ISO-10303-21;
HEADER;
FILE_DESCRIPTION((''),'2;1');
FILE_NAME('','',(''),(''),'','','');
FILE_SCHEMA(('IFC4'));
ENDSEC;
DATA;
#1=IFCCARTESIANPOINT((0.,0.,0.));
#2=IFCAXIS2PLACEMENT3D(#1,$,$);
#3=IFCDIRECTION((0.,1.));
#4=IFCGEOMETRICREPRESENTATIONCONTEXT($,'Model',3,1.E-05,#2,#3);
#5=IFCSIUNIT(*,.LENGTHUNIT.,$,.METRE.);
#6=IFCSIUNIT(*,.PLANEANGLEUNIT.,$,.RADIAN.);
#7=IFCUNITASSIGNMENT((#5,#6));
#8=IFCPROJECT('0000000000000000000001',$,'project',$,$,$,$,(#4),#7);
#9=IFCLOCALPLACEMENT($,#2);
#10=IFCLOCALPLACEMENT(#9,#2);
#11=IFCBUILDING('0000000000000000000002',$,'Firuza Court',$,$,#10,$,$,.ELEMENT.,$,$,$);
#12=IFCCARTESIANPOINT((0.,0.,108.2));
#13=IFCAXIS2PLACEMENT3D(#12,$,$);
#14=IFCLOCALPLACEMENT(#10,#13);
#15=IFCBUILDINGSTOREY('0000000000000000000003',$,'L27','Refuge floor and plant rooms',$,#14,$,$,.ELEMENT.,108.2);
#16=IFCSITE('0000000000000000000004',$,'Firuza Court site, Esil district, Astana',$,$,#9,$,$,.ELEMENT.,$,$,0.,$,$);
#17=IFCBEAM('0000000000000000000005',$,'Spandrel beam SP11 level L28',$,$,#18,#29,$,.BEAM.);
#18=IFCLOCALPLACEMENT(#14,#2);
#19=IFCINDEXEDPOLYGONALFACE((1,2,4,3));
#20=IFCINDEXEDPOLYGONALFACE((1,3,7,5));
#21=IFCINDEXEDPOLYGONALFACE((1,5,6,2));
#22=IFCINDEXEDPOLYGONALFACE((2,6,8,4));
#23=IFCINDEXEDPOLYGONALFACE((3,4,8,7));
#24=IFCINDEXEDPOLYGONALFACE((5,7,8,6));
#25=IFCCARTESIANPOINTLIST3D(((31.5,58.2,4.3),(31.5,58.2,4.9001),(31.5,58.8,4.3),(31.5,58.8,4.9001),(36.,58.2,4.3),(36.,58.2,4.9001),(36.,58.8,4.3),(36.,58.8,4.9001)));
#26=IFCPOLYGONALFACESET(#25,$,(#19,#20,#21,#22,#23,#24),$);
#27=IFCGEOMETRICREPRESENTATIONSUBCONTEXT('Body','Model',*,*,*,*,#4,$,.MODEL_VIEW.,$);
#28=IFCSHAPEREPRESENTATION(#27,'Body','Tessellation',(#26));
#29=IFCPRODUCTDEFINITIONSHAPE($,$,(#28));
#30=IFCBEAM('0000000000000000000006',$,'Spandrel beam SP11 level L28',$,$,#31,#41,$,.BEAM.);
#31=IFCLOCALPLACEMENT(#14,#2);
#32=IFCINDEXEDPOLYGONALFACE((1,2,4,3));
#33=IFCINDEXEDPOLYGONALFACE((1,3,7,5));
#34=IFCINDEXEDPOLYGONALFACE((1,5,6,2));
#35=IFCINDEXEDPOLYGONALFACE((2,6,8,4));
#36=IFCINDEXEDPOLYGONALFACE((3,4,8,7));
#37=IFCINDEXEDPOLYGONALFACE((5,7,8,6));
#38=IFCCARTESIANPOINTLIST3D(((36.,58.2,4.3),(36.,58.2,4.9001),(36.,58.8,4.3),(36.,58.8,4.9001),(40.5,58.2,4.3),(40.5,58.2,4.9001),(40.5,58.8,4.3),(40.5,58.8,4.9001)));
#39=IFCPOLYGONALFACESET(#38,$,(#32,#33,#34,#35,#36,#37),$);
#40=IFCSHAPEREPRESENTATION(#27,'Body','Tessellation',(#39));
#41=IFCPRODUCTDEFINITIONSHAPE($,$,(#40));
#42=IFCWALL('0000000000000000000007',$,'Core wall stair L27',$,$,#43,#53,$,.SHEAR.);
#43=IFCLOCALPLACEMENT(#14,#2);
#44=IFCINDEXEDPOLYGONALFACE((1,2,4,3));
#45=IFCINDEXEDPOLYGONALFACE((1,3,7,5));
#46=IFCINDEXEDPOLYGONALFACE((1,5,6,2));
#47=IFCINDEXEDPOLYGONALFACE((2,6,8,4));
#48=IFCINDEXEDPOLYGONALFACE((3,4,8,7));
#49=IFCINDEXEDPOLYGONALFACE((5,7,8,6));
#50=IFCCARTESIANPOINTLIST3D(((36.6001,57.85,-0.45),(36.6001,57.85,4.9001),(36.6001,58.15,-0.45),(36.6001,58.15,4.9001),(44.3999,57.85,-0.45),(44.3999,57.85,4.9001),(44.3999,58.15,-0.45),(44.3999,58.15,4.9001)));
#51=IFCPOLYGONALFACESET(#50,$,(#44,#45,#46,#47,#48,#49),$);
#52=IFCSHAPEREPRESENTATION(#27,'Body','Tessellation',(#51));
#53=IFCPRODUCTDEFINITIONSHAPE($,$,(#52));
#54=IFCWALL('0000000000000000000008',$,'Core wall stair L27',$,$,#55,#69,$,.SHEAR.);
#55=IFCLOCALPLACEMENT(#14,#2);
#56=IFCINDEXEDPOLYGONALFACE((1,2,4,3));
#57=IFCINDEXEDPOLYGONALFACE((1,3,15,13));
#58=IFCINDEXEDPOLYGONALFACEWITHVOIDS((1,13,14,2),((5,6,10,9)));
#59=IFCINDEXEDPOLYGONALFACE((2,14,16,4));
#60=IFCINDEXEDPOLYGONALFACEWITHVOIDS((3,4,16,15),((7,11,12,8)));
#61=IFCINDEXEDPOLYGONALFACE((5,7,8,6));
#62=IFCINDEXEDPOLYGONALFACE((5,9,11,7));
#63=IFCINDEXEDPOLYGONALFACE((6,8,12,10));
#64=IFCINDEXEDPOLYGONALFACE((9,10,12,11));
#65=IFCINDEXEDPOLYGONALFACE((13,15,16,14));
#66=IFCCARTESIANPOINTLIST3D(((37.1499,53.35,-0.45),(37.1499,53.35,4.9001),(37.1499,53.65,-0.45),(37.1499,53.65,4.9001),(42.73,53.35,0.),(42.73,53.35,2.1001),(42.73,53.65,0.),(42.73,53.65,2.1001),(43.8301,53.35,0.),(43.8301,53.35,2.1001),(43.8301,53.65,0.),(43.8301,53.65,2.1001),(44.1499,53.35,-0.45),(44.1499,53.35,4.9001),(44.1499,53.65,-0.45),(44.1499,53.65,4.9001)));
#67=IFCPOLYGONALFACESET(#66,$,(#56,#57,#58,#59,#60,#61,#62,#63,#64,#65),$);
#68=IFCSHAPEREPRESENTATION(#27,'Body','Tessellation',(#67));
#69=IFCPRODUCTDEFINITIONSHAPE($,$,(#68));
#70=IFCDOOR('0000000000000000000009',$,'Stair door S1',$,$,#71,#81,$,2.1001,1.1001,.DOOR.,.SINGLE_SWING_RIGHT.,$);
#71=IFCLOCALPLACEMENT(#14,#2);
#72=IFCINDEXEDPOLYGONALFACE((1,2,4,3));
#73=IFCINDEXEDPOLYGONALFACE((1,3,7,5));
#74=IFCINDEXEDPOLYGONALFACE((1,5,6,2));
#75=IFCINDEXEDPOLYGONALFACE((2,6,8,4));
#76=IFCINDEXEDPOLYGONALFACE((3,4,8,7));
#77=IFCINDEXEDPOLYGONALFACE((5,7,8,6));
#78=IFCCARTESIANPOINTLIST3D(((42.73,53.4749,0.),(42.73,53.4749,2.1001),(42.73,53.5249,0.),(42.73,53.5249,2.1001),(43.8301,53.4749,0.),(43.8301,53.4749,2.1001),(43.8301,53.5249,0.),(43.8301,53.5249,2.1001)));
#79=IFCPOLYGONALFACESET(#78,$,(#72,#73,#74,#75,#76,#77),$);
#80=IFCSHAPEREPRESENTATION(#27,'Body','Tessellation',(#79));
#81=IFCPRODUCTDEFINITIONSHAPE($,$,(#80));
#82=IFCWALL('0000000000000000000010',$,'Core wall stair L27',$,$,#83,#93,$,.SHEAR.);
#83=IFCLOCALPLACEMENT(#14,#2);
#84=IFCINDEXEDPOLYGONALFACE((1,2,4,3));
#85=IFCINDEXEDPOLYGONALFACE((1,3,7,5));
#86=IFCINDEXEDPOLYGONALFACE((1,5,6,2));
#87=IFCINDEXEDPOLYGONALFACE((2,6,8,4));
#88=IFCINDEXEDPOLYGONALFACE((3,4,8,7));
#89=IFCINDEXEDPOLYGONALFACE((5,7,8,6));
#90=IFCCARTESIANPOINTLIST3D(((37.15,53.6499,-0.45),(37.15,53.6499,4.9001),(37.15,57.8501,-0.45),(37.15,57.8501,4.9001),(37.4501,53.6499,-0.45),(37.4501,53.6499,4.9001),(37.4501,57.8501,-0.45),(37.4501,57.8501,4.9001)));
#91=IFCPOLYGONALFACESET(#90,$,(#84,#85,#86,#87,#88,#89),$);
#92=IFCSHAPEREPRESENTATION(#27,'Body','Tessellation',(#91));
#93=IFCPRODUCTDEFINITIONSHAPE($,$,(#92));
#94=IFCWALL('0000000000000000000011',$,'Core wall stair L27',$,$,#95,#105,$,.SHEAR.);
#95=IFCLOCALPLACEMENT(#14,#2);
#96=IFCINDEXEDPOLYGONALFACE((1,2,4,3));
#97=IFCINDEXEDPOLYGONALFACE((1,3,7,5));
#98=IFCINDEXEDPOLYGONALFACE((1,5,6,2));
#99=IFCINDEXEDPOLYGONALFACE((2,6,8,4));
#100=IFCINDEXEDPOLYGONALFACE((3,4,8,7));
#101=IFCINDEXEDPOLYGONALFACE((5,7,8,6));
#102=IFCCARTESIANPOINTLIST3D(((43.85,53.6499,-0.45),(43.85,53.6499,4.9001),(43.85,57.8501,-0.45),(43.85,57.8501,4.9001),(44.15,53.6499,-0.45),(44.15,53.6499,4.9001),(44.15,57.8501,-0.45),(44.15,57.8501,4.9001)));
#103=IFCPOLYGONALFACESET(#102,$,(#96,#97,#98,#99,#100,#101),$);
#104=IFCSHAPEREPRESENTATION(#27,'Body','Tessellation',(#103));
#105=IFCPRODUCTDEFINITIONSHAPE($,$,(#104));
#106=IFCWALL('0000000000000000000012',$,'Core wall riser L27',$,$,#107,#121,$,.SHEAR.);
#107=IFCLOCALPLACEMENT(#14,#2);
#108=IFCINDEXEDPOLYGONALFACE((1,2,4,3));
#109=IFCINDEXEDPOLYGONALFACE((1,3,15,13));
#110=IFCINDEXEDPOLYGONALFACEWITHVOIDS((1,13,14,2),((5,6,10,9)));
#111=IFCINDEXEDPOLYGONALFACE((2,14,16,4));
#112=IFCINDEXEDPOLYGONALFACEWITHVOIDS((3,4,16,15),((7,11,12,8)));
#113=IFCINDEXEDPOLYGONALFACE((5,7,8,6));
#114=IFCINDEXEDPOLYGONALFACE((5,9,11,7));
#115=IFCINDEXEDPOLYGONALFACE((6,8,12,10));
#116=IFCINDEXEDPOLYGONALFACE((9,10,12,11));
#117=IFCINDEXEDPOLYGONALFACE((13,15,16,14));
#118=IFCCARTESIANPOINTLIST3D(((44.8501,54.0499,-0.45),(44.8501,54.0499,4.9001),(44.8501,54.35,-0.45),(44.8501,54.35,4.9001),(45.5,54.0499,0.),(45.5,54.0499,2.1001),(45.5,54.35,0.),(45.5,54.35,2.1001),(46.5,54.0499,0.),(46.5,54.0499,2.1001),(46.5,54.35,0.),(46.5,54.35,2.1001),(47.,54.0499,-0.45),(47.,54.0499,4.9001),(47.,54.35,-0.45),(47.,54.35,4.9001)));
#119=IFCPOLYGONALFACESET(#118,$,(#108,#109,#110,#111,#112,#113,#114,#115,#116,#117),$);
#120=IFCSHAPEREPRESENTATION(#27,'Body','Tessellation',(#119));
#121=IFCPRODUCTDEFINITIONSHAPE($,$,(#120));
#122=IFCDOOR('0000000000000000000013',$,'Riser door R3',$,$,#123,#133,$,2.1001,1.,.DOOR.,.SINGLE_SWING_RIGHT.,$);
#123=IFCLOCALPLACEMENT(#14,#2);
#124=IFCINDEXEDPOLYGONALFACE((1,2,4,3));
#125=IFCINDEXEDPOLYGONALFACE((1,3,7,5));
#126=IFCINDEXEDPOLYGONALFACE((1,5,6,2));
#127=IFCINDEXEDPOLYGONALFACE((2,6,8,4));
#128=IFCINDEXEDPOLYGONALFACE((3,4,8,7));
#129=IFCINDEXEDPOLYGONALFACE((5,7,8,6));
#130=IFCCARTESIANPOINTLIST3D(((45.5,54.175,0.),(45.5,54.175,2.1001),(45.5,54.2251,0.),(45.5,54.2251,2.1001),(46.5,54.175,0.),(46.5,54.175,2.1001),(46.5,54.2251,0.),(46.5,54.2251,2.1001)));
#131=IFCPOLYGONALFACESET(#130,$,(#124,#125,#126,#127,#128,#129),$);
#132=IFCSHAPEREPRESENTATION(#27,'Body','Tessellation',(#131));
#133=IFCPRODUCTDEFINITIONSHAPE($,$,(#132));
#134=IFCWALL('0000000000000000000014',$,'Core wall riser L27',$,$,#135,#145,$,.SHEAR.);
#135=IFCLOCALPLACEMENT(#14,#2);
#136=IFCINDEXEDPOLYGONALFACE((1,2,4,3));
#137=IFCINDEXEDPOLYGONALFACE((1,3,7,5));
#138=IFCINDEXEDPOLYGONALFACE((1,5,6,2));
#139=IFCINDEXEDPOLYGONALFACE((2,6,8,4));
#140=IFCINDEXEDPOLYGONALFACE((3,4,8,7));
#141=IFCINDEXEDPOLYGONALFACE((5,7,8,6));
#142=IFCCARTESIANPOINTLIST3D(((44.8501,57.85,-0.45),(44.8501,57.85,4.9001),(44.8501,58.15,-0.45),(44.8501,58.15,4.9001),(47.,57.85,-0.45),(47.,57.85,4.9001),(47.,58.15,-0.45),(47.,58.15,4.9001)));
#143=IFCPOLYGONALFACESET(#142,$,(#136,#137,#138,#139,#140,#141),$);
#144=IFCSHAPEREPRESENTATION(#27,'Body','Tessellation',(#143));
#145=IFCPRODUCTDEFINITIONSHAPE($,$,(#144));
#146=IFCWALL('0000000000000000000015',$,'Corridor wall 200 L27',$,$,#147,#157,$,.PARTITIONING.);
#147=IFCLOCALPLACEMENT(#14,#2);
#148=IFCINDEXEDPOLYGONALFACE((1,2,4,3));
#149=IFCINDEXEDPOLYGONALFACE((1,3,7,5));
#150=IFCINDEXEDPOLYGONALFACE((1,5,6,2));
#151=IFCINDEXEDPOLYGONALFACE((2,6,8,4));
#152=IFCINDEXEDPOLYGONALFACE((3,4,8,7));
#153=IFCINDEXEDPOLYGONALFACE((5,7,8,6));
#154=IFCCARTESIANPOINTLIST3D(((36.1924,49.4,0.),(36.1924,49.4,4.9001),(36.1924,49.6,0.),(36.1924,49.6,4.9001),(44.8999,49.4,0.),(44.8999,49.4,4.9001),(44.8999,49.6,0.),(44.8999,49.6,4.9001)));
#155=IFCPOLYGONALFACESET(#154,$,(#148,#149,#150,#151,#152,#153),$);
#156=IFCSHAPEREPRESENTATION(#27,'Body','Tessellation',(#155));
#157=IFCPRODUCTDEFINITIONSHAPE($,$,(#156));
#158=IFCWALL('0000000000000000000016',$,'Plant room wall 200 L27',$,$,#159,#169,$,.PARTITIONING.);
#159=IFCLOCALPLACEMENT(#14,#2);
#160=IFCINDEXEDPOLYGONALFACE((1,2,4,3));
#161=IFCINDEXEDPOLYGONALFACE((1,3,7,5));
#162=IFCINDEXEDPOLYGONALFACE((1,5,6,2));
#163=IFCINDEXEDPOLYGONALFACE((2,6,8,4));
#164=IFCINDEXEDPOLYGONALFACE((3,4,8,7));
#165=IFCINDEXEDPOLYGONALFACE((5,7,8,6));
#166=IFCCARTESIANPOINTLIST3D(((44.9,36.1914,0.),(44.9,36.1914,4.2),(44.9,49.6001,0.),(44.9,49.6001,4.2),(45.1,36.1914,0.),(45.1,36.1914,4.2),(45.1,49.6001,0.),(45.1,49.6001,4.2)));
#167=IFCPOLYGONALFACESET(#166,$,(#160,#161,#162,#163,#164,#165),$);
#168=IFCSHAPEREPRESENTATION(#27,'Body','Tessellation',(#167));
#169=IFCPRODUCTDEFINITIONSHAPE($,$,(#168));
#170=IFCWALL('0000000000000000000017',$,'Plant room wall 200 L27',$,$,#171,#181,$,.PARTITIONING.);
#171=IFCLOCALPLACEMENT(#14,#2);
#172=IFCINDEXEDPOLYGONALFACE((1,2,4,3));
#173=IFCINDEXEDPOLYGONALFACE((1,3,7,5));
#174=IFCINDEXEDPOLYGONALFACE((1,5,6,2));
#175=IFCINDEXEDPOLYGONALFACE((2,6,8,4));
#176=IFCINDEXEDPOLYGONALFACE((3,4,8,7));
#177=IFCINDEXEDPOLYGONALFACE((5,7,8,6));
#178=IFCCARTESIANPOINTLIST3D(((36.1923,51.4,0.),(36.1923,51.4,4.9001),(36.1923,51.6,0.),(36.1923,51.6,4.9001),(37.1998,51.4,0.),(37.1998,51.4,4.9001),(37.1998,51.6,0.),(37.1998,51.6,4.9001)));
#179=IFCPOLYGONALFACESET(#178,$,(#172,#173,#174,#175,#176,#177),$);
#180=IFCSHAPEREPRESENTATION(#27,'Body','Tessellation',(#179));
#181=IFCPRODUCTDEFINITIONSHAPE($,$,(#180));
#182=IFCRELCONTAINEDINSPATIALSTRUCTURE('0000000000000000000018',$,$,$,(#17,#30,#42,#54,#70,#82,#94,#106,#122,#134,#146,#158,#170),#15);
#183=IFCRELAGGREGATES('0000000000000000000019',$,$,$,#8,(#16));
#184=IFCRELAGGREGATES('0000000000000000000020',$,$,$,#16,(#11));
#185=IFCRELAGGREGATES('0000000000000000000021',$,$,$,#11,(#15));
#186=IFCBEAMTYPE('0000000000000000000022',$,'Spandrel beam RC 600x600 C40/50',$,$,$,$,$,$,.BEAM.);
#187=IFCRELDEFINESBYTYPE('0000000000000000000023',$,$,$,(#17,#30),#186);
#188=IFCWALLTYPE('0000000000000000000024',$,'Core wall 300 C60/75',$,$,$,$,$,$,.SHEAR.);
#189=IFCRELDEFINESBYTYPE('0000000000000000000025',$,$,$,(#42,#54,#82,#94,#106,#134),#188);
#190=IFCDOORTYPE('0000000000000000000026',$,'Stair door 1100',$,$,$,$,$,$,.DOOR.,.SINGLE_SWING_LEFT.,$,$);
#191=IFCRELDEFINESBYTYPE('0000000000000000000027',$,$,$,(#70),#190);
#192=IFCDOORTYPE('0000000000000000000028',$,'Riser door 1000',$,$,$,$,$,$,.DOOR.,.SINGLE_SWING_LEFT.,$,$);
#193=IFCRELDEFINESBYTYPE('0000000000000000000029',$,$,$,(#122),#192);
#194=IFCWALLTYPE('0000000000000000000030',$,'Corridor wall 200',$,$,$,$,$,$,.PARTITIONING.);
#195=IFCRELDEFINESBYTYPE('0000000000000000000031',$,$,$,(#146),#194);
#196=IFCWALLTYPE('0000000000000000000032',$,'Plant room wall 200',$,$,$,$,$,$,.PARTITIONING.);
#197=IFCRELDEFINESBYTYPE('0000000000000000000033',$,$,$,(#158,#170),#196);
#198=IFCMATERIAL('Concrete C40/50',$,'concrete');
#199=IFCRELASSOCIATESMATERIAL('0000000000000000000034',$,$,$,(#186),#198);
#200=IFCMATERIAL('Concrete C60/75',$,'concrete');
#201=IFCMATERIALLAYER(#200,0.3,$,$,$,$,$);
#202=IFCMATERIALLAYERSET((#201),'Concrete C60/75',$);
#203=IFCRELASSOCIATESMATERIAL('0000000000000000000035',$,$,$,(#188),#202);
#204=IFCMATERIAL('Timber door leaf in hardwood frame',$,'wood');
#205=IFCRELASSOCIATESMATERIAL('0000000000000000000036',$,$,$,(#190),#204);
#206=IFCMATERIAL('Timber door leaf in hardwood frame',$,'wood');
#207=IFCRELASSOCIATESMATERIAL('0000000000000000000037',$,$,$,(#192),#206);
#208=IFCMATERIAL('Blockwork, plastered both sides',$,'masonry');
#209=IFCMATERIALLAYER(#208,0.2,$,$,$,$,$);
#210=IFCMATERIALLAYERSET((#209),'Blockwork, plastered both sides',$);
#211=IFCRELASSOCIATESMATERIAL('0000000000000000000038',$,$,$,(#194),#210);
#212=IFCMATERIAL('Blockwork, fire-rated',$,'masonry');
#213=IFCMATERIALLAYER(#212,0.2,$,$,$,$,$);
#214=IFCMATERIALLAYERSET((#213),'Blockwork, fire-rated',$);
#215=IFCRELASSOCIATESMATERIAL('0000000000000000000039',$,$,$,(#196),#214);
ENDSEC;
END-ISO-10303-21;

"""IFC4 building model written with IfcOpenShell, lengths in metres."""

from ifc_helpers import new_model, si_unit, direction, frame, frame_2d, origin, origin_2d, place, context, subcontext, project, spatial, rectangle, extrude, material, layer, layer_set, material_profile, profile_set, type_object, element, fill, save


model = new_model("IFC4")

# Units and contexts
model_context = context("Model", 3, precision=1e-05, world=origin(), true_north=direction((0.0, 1.0)))
body_context = subcontext(model_context, "Body", "Model", "MODEL_VIEW")
ifc_project = project(units=[si_unit("LENGTHUNIT", "METRE"), si_unit("PLANEANGLEUNIT", "RADIAN")], contexts=[model_context])

# Site, building, storey
site_placement = place(None, origin())
site = spatial("IfcSite", under=ifc_project, at=site_placement, Name="Firuza Court site, Esil district, Astana", CompositionType="ELEMENT", RefElevation=0.0)
building_placement = place(site_placement, origin())
building = spatial("IfcBuilding", under=site, at=building_placement, Name="Firuza Court", CompositionType="ELEMENT")
storey_placement = place(building_placement, frame((0.0, 0.0, 108.2)))
storey = spatial("IfcBuildingStorey", under=building, at=storey_placement, Name="L27", Description="Refuge floor and plant rooms", CompositionType="ELEMENT", Elevation=108.2)

# Beams
ifc_material_1 = material(Name="Concrete C40/50", Category="concrete")
ifc_material_profile_1 = material_profile(ifc_material_1, rectangle(XDim=0.6001, YDim=0.6001, at=origin_2d()), Name="RC 600x600")
ifc_profile_set_1 = profile_set([ifc_material_profile_1], Name="Concrete C40/50")
beam_type_1 = type_object("IfcBeamType", Name="Spandrel beam RC 600x600 C40/50", PredefinedType="BEAM", material=ifc_profile_set_1)
for number, where, z_axis, x_axis, name in (
    (1, (36.0, 58.5, 4.6001), (-1.0, 0.0, 0.0), (0.0, -1.0, 0.0), "Spandrel beam SP11 level L28"),
    (2, (40.5, 58.5, 4.6001), (-1.0, 0.0, 0.0), (0.0, -1.0, 0.0), "Spandrel beam SP11 level L28"),
):
    element("IfcBeam", number, at=place(storey_placement, frame(where, z_axis=z_axis, x_axis=x_axis)), inside=storey, type_object=beam_type_1, Name=name, PredefinedType="BEAM", context=body_context, shape_type="SweptSolid", body=[
        extrude(rectangle(XDim=0.6001, YDim=0.6001, at=origin_2d()), origin(), (0.0, 0.0, 1.0), 4.5),
    ])

# Wall
ifc_material_2 = material(Name="Concrete C60/75", Category="concrete")
ifc_layer_1 = layer(ifc_material_2, 0.3)
ifc_layer_set_1 = layer_set([ifc_layer_1], Name="Concrete C60/75")
wall_type_1 = type_object("IfcWallType", Name="Core wall 300 C60/75", PredefinedType="SHEAR", material=ifc_layer_set_1)
wall_1_placement = place(storey_placement, frame((36.6001, 58.0, -0.45), z_axis=(0.0, 0.0, 1.0), x_axis=(1.0, 0.0, 0.0)))
element("IfcWall", 3, at=wall_1_placement, inside=storey, type_object=wall_type_1, Name="Core wall stair L27", PredefinedType="SHEAR", context=body_context, shape_type="SweptSolid", body=[
    extrude(rectangle(XDim=7.7998, YDim=0.3, at=frame_2d((3.8999, 0.0))), origin(), (0.0, 0.0, 1.0), 5.3501),
])

# Wall, opening, door
wall_2_placement = place(storey_placement, frame((37.1499, 53.5, -0.45), z_axis=(0.0, 0.0, 1.0), x_axis=(1.0, 0.0, 0.0)))
wall_2 = element("IfcWall", 4, at=wall_2_placement, inside=storey, type_object=wall_type_1, Name="Core wall stair L27", PredefinedType="SHEAR", context=body_context, shape_type="SweptSolid", body=[
    extrude(rectangle(XDim=7.0, YDim=0.3, at=frame_2d((3.5, 0.0))), origin(), (0.0, 0.0, 1.0), 5.3501),
])
opening_1_placement = place(wall_2_placement, frame((5.5801, 0.0, 0.45)))
opening_1 = element("IfcOpeningElement", 5, at=opening_1_placement, cuts=wall_2, PredefinedType="OPENING", context=body_context, shape_type="SweptSolid", body=[
    extrude(rectangle(XDim=1.1001, YDim=2.1001, at=frame_2d((0.55, 1.05))), frame((0.0, 0.1621, 0.0), z_axis=(0.0, -1.0, 0.0), x_axis=(1.0, 0.0, 0.0)), (0.0, 0.0, 1.0), 0.324),
])
ifc_material_3 = material(Name="Timber door leaf in hardwood frame", Category="wood")
door_type_1 = type_object("IfcDoorType", Name="Stair door 1100", OperationType="SINGLE_SWING_LEFT", PredefinedType="DOOR", material=ifc_material_3)
door_1_placement = place(opening_1_placement, origin())
door_1 = element("IfcDoor", 6, at=door_1_placement, inside=storey, type_object=door_type_1, Name="Stair door S1", OperationType="SINGLE_SWING_RIGHT", OverallHeight=2.1001, OverallWidth=1.1001, PredefinedType="DOOR", context=body_context, shape_type="SweptSolid", body=[
    extrude(rectangle(XDim=1.1001, YDim=2.1001, at=frame_2d((0.55, 1.05))), frame((0.0, 0.0249, 0.0), z_axis=(0.0, -1.0, 0.0), x_axis=(1.0, 0.0, 0.0)), (0.0, 0.0, 1.0), 0.05),
])
fill(opening_1, door_1)

# Walls
for number, where, z_axis, x_axis, name in (
    (7, (37.3, 53.6499, -0.45), (0.0, 0.0, 1.0), (0.0, 1.0, 0.0), "Core wall stair L27"),
    (8, (44.0, 53.6499, -0.45), (0.0, 0.0, 1.0), (0.0, 1.0, 0.0), "Core wall stair L27"),
):
    element("IfcWall", number, at=place(storey_placement, frame(where, z_axis=z_axis, x_axis=x_axis)), inside=storey, type_object=wall_type_1, Name=name, PredefinedType="SHEAR", context=body_context, shape_type="SweptSolid", body=[
        extrude(rectangle(XDim=4.2002, YDim=0.3, at=frame_2d((2.1001, 0.0))), origin(), (0.0, 0.0, 1.0), 5.3501),
    ])

# Wall, opening, door
wall_3_placement = place(storey_placement, frame((44.8501, 54.2, -0.45), z_axis=(0.0, 0.0, 1.0), x_axis=(1.0, 0.0, 0.0)))
wall_3 = element("IfcWall", 9, at=wall_3_placement, inside=storey, type_object=wall_type_1, Name="Core wall riser L27", PredefinedType="SHEAR", context=body_context, shape_type="SweptSolid", body=[
    extrude(rectangle(XDim=2.1499, YDim=0.3, at=frame_2d((1.075, 0.0))), origin(), (0.0, 0.0, 1.0), 5.3501),
])
opening_2_placement = place(wall_3_placement, frame((0.6499, 0.0, 0.45)))
opening_2 = element("IfcOpeningElement", 10, at=opening_2_placement, cuts=wall_3, PredefinedType="OPENING", context=body_context, shape_type="SweptSolid", body=[
    extrude(rectangle(XDim=1.0, YDim=2.1001, at=frame_2d((0.5, 1.05))), frame((0.0, 0.1621, 0.0), z_axis=(0.0, -1.0, 0.0), x_axis=(1.0, 0.0, 0.0)), (0.0, 0.0, 1.0), 0.324),
])
ifc_material_4 = material(Name="Timber door leaf in hardwood frame", Category="wood")
door_type_2 = type_object("IfcDoorType", Name="Riser door 1000", OperationType="SINGLE_SWING_LEFT", PredefinedType="DOOR", material=ifc_material_4)
door_2_placement = place(opening_2_placement, frame((1.0, 0.0, 0.0), z_axis=(0.0, 0.0, 1.0), x_axis=(-1.0, 0.0, 0.0)))
door_2 = element("IfcDoor", 11, at=door_2_placement, inside=storey, type_object=door_type_2, Name="Riser door R3", OperationType="SINGLE_SWING_RIGHT", OverallHeight=2.1001, OverallWidth=1.0, PredefinedType="DOOR", context=body_context, shape_type="SweptSolid", body=[
    extrude(rectangle(XDim=1.0, YDim=2.1001, at=frame_2d((0.5, 1.05))), frame((0.0, 0.0249, 0.0), z_axis=(0.0, -1.0, 0.0), x_axis=(1.0, 0.0, 0.0)), (0.0, 0.0, 1.0), 0.05),
])
fill(opening_2, door_2)

# Walls
wall_4_placement = place(storey_placement, frame((44.8501, 58.0, -0.45), z_axis=(0.0, 0.0, 1.0), x_axis=(1.0, 0.0, 0.0)))
element("IfcWall", 12, at=wall_4_placement, inside=storey, type_object=wall_type_1, Name="Core wall riser L27", PredefinedType="SHEAR", context=body_context, shape_type="SweptSolid", body=[
    extrude(rectangle(XDim=2.1499, YDim=0.3, at=frame_2d((1.075, 0.0))), origin(), (0.0, 0.0, 1.0), 5.3501),
])
ifc_material_5 = material(Name="Blockwork, plastered both sides", Category="masonry")
ifc_layer_2 = layer(ifc_material_5, 0.2)
ifc_layer_set_2 = layer_set([ifc_layer_2], Name="Blockwork, plastered both sides")
wall_type_2 = type_object("IfcWallType", Name="Corridor wall 200", PredefinedType="PARTITIONING", material=ifc_layer_set_2)
wall_5_placement = place(storey_placement, frame((36.1924, 49.5, 0.0), z_axis=(0.0, 0.0, 1.0), x_axis=(1.0, 0.0, 0.0)))
element("IfcWall", 13, at=wall_5_placement, inside=storey, type_object=wall_type_2, Name="Corridor wall 200 L27", PredefinedType="PARTITIONING", context=body_context, shape_type="SweptSolid", body=[
    extrude(rectangle(XDim=8.7075, YDim=0.2, at=frame_2d((4.3538, 0.0))), origin(), (0.0, 0.0, 1.0), 4.9001),
])
ifc_material_6 = material(Name="Blockwork, fire-rated", Category="masonry")
ifc_layer_3 = layer(ifc_material_6, 0.2)
ifc_layer_set_3 = layer_set([ifc_layer_3], Name="Blockwork, fire-rated")
wall_type_3 = type_object("IfcWallType", Name="Plant room wall 200", PredefinedType="PARTITIONING", material=ifc_layer_set_3)
wall_6_placement = place(storey_placement, frame((45.0, 49.6001, 0.0), z_axis=(0.0, 0.0, 1.0), x_axis=(0.0, -1.0, 0.0)))
element("IfcWall", 14, at=wall_6_placement, inside=storey, type_object=wall_type_3, Name="Plant room wall 200 L27", PredefinedType="PARTITIONING", context=body_context, shape_type="SweptSolid", body=[
    extrude(rectangle(XDim=13.4087, YDim=0.2, at=frame_2d((6.7043, 0.0))), origin(), (0.0, 0.0, 1.0), 4.2),
])
wall_7_placement = place(storey_placement, frame((37.2, 51.5, 0.0), z_axis=(0.0, 0.0, 1.0), x_axis=(-1.0, 0.0, 0.0)))
element("IfcWall", 15, at=wall_7_placement, inside=storey, type_object=wall_type_3, Name="Plant room wall 200 L27", PredefinedType="PARTITIONING", context=body_context, shape_type="SweptSolid", body=[
    extrude(rectangle(XDim=1.0076, YDim=0.2, at=frame_2d((0.5039, 0.0))), origin(), (0.0, 0.0, 1.0), 4.9001),
])

save(model, "model.ifc")
